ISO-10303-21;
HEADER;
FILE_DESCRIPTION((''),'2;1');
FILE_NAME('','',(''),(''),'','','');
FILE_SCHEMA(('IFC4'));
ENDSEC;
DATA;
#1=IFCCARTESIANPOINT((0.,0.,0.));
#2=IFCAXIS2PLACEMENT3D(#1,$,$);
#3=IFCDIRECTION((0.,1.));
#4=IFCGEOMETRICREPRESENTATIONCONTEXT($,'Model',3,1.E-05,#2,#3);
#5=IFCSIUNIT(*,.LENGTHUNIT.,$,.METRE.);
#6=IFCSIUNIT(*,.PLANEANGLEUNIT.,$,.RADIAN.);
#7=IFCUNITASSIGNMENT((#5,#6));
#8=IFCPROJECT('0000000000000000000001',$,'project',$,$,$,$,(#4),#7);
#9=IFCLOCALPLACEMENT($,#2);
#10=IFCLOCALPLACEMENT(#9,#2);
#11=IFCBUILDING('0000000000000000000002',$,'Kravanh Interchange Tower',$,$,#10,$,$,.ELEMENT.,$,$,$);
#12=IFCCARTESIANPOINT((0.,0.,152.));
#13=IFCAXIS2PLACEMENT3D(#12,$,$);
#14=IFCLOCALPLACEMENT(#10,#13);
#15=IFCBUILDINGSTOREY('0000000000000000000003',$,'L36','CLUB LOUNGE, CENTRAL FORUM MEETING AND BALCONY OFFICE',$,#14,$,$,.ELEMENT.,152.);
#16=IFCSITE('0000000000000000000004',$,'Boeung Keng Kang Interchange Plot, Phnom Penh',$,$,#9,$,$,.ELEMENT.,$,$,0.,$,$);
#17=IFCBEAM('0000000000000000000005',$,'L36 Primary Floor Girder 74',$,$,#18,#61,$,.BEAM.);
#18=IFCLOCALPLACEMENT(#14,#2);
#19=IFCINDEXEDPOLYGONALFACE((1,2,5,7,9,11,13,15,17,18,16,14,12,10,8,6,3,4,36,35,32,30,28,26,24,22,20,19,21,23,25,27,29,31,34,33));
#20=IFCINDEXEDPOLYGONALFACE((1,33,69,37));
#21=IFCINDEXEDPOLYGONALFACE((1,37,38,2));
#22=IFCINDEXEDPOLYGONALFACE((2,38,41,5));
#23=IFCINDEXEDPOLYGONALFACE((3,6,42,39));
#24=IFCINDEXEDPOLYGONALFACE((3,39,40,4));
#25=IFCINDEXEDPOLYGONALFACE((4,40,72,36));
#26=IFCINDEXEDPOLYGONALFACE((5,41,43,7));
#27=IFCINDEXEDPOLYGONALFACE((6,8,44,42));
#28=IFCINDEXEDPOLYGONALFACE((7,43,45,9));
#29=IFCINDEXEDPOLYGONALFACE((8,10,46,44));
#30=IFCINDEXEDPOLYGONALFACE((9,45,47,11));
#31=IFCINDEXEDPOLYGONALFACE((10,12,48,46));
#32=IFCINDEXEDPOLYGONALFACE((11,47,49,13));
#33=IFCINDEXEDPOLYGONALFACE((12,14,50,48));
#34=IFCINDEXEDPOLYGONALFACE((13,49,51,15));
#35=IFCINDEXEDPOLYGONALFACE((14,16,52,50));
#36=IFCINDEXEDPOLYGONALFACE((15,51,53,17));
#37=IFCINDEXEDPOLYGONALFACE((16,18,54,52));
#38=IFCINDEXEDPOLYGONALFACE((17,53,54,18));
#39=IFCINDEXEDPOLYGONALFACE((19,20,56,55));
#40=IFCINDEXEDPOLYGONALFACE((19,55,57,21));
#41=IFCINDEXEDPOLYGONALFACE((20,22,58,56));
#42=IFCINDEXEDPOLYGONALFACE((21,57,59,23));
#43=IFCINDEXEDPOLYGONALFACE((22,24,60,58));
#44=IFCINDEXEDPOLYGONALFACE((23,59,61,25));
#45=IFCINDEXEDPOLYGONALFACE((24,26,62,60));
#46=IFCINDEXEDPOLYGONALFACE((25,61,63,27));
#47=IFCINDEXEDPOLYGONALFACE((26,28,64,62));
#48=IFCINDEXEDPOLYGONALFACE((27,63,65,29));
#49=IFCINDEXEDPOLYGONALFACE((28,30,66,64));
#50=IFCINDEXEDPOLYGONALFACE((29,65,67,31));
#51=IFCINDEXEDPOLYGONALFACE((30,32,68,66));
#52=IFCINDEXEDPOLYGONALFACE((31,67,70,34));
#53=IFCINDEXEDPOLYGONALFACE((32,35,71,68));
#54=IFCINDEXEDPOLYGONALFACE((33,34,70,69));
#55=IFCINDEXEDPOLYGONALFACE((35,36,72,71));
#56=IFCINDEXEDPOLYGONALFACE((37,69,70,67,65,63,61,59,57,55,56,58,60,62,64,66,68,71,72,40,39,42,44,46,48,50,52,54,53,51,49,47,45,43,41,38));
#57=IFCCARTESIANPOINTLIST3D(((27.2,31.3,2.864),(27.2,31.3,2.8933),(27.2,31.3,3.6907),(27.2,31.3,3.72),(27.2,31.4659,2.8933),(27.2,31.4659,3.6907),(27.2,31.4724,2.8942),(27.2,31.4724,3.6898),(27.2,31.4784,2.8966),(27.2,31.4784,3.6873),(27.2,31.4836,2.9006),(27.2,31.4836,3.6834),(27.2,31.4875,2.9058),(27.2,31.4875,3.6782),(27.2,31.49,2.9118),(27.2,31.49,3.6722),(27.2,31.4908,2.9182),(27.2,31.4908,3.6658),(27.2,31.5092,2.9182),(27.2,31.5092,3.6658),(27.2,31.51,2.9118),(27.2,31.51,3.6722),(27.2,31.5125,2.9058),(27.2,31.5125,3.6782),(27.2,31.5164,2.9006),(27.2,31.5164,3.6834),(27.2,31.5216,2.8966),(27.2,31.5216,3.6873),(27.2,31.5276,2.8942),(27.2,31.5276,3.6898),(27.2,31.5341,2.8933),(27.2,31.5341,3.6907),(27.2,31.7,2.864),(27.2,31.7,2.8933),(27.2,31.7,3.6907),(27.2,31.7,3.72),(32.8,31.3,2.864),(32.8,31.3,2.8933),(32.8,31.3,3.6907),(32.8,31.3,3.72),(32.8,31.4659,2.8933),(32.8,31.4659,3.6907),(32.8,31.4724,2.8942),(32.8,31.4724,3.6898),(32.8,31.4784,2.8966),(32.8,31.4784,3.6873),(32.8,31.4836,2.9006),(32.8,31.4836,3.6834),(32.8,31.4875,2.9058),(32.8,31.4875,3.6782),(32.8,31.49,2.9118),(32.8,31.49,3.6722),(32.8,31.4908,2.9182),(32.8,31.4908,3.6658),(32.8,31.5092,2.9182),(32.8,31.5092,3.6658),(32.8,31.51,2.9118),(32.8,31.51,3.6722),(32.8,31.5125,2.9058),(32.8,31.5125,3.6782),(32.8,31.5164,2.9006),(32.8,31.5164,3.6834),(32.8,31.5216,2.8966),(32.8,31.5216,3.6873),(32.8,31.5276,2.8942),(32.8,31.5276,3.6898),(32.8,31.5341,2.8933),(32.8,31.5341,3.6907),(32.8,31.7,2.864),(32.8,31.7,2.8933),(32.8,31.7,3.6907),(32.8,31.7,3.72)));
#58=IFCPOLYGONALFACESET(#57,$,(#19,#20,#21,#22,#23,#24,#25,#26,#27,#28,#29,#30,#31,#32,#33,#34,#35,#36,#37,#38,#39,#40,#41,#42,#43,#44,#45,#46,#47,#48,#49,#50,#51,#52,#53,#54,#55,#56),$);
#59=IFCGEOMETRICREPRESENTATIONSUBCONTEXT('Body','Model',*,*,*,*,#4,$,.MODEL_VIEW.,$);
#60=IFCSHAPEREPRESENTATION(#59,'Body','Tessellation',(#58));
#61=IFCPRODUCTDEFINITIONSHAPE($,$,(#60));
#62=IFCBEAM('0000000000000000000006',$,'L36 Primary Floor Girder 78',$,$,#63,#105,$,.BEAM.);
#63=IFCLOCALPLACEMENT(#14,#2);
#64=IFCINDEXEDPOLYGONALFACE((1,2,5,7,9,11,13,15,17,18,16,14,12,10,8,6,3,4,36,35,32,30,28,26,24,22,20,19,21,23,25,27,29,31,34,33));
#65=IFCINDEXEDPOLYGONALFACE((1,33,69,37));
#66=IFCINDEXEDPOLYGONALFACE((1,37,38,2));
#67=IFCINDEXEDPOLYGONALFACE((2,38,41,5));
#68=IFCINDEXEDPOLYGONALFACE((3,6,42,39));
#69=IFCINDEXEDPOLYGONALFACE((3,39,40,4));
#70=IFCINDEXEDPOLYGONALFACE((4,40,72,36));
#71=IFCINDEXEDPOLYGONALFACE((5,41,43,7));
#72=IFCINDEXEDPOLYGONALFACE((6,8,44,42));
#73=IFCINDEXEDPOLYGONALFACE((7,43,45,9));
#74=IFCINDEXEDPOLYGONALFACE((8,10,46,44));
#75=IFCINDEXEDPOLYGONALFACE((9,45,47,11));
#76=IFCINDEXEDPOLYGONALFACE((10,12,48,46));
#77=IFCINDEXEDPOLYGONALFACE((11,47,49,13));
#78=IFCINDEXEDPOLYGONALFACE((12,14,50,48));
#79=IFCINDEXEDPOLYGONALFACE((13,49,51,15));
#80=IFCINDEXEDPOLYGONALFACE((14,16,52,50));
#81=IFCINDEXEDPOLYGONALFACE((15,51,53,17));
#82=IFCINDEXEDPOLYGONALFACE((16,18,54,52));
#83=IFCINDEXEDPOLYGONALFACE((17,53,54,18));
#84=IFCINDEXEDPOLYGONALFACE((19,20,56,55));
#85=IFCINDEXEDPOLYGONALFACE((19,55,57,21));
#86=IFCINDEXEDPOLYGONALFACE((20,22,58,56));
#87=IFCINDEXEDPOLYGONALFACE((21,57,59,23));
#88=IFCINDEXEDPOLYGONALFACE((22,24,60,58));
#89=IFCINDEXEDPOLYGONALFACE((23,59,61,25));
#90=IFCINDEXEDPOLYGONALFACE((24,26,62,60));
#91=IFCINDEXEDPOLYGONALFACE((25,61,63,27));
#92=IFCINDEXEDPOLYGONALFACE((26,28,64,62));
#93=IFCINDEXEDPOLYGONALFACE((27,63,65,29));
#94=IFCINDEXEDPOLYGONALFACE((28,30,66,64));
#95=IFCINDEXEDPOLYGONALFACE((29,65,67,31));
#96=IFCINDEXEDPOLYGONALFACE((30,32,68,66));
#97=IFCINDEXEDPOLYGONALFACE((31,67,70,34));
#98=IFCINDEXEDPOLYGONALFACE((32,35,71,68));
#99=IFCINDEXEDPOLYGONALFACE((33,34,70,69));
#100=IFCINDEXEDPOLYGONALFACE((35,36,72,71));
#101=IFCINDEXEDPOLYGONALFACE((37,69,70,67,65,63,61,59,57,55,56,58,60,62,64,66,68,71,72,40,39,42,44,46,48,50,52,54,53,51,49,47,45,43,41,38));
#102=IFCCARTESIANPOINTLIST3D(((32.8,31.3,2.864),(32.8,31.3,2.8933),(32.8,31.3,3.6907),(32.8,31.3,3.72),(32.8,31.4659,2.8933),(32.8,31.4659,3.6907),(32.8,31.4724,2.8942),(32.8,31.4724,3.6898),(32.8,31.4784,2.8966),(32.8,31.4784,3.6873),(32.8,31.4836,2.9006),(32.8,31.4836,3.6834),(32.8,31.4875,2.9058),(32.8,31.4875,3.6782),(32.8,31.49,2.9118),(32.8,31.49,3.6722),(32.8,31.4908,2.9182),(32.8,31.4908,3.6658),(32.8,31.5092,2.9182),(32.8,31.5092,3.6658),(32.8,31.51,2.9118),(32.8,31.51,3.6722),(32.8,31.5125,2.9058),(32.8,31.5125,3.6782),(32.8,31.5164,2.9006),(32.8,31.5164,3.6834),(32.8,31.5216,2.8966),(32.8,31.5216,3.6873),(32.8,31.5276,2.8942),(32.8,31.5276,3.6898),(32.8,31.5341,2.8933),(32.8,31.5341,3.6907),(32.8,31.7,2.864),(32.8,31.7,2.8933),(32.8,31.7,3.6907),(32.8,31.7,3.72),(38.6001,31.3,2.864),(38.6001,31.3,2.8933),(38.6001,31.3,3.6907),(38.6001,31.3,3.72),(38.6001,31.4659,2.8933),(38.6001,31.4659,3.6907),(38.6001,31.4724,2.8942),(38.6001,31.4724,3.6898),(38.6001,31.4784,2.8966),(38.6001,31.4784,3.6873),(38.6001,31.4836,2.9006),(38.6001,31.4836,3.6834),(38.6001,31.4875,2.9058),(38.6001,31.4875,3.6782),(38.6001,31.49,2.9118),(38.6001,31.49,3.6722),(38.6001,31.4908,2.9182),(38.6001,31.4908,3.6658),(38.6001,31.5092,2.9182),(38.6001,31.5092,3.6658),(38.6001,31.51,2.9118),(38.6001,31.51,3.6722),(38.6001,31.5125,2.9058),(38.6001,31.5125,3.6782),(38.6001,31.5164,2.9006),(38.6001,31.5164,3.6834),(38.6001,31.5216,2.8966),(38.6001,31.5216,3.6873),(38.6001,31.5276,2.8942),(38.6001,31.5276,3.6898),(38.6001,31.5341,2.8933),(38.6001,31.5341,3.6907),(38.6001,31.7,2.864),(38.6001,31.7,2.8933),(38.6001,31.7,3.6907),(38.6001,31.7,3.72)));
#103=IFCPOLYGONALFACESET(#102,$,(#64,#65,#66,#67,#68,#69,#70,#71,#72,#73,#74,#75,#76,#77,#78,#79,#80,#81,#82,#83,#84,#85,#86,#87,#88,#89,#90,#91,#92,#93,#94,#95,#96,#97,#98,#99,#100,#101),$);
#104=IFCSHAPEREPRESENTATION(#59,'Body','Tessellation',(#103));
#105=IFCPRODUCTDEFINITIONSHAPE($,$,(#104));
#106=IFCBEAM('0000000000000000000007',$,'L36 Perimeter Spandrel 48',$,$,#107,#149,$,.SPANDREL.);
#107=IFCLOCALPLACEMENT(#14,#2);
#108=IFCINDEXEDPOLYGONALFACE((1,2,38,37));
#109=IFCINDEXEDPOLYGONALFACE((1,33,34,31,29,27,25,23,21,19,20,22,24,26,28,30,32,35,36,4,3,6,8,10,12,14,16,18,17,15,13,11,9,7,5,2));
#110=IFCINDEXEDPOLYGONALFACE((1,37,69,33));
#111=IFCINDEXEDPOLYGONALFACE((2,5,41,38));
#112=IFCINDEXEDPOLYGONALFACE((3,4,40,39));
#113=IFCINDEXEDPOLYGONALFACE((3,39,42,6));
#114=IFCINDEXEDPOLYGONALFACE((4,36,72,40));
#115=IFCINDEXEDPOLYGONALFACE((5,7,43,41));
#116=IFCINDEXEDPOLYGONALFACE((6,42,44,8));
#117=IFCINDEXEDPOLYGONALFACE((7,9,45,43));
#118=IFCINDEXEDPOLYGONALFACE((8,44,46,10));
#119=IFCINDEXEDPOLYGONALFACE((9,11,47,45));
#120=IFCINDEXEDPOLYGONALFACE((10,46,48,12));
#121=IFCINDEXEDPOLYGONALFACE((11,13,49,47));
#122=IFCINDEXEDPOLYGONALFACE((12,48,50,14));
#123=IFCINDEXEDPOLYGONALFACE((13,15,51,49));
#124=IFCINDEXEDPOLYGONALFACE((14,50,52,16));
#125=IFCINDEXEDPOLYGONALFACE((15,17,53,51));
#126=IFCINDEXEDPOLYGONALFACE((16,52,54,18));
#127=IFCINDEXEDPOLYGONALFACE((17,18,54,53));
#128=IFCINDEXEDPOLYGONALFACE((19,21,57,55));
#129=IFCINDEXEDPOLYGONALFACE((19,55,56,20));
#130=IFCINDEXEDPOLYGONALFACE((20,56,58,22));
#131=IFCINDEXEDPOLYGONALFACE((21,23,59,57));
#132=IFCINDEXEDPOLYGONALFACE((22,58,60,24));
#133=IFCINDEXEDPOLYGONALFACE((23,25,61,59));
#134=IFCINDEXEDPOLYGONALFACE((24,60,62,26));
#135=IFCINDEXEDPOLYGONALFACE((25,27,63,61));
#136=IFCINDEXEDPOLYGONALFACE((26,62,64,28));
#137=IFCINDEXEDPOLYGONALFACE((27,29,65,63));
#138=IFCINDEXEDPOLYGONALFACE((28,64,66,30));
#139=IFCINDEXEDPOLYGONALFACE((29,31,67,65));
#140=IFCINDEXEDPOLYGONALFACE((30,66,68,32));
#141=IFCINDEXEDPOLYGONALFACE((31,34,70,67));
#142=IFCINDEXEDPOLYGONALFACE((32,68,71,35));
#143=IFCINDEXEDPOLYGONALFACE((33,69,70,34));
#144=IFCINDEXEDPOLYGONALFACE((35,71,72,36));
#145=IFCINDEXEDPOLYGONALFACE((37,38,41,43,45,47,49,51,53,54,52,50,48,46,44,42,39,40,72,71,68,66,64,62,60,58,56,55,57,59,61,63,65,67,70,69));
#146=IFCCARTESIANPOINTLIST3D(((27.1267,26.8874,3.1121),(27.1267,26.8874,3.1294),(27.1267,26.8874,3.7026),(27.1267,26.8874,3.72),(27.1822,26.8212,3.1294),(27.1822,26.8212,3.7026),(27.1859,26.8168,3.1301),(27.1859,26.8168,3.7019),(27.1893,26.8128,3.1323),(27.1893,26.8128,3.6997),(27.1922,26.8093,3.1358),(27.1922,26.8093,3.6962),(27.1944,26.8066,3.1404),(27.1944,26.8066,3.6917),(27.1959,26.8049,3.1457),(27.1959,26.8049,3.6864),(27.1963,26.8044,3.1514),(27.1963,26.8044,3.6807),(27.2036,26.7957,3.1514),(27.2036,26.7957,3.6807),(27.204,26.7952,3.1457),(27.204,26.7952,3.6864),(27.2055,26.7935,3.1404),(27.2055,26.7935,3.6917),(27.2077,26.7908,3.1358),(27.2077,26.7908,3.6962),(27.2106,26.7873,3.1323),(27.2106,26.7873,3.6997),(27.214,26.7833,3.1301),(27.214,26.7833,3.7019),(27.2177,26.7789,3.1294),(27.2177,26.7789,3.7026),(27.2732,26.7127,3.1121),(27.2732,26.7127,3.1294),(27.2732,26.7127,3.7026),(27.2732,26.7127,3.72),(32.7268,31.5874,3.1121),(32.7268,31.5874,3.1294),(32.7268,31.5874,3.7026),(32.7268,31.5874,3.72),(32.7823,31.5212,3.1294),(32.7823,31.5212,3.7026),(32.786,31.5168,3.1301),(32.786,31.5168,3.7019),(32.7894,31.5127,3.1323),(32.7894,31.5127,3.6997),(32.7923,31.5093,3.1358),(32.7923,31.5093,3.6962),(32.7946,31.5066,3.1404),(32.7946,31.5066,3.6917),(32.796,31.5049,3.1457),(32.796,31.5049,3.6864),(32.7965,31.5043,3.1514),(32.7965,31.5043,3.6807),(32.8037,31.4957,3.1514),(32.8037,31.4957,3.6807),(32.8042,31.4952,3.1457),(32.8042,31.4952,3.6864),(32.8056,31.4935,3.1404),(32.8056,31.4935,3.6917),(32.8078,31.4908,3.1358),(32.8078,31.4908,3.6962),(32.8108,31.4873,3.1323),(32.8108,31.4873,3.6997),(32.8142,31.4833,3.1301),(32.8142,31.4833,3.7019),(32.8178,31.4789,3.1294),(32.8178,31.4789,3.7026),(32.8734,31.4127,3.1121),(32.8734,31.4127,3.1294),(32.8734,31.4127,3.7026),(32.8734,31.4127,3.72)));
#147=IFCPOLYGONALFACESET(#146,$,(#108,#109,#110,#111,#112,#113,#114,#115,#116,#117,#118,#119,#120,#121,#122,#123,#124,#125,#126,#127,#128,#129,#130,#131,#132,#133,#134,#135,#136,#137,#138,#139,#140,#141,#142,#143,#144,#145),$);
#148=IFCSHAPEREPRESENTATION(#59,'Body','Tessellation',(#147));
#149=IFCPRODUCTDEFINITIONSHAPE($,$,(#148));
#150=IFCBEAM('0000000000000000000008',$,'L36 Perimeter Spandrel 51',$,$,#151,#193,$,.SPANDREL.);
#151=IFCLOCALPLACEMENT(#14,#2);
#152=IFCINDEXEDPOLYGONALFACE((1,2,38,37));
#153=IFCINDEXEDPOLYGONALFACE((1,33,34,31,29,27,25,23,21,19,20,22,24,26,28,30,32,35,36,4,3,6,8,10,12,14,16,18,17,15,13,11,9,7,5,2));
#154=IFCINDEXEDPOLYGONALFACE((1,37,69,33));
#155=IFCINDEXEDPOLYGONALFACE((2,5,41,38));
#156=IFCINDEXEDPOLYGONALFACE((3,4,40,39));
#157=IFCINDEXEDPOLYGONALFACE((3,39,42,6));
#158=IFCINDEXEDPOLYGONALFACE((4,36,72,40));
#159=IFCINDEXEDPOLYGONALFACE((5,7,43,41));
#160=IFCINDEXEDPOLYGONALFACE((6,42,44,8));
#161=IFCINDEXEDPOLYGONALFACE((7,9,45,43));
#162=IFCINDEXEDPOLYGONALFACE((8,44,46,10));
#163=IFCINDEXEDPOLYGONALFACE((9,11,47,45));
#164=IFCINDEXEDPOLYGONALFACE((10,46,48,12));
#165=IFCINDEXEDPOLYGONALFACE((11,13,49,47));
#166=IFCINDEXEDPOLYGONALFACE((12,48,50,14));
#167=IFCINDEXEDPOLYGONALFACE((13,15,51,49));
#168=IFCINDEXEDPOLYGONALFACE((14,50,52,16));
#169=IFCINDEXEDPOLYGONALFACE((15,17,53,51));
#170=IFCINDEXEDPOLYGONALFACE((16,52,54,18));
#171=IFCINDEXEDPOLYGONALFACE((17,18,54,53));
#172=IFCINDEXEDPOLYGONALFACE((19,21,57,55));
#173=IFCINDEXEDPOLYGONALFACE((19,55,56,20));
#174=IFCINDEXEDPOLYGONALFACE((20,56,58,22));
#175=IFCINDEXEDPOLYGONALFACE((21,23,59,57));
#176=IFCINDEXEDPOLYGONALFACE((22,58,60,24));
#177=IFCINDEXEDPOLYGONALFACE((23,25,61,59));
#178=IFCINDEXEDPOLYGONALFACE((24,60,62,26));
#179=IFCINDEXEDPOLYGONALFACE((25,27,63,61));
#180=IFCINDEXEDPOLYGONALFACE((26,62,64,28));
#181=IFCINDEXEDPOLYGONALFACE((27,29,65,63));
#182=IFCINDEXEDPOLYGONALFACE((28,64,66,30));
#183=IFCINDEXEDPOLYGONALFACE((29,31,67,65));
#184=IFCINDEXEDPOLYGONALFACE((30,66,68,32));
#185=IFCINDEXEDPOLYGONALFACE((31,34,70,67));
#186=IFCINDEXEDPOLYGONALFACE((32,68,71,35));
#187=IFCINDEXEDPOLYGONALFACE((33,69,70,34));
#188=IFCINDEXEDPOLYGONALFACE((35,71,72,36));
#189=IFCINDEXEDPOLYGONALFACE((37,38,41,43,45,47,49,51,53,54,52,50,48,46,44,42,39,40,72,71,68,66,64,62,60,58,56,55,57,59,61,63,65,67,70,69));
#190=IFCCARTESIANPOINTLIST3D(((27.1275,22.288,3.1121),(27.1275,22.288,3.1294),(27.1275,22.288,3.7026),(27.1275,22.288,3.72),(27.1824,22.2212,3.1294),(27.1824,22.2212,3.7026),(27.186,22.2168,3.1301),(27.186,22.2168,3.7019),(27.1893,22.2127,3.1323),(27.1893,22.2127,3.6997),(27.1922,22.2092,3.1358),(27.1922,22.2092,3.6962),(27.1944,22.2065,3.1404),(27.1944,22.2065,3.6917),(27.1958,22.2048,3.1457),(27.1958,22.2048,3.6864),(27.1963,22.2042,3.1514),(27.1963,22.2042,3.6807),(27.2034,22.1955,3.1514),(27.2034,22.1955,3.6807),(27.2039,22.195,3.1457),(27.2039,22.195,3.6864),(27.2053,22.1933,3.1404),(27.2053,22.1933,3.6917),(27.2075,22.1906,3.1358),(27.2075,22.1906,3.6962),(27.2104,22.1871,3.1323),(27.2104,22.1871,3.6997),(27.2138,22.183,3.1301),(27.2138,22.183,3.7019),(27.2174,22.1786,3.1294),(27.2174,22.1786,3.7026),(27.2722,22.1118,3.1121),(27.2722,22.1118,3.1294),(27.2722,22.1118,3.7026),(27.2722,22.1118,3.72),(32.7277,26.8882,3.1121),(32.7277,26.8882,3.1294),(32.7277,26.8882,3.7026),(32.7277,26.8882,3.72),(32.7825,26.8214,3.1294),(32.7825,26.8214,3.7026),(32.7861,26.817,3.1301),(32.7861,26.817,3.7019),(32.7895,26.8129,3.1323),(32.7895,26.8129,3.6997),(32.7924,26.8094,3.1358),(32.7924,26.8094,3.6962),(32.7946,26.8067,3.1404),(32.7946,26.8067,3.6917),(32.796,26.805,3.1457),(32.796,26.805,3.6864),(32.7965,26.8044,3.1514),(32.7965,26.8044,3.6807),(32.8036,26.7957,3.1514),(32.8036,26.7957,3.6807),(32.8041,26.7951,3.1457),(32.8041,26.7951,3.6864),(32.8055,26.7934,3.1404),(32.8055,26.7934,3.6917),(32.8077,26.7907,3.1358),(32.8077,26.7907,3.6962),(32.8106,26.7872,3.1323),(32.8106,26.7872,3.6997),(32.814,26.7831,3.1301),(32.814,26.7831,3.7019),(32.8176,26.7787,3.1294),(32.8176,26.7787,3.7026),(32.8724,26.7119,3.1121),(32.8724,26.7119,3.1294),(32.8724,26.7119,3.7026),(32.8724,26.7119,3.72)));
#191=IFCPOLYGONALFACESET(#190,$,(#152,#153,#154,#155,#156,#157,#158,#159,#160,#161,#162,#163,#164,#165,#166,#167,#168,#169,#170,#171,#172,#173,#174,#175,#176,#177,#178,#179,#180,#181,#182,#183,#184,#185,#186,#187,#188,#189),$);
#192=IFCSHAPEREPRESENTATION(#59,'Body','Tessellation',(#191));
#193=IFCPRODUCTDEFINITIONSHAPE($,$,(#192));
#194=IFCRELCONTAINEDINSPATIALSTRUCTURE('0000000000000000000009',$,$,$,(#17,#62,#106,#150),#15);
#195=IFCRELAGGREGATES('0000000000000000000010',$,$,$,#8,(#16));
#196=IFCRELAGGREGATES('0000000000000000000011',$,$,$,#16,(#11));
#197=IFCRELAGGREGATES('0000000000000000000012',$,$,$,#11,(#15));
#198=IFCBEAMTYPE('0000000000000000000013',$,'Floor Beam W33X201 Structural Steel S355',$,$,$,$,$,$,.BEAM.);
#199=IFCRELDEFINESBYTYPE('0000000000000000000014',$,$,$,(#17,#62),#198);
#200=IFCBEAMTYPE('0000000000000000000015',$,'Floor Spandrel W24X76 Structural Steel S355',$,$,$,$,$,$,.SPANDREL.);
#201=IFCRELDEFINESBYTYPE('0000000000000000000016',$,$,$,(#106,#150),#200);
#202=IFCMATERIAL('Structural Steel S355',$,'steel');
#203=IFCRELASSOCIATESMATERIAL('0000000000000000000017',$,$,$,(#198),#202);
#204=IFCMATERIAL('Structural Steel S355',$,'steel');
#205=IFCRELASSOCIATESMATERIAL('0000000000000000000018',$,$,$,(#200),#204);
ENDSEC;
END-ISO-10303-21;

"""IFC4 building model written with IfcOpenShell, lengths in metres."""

from ifc_helpers import new_model, si_unit, direction, frame, origin, origin_2d, place, context, subcontext, project, spatial, i_section, extrude, material, material_profile, profile_set, type_object, element, save


model = new_model("IFC4")

# Units and contexts
model_context = context("Model", 3, precision=1e-05, world=origin(), true_north=direction((0.0, 1.0)))
body_context = subcontext(model_context, "Body", "Model", "MODEL_VIEW")
ifc_project = project(units=[si_unit("LENGTHUNIT", "METRE"), si_unit("PLANEANGLEUNIT", "RADIAN")], contexts=[model_context])

# Site, building, storey
site_placement = place(None, origin())
site = spatial("IfcSite", under=ifc_project, at=site_placement, Name="Boeung Keng Kang Interchange Plot, Phnom Penh", CompositionType="ELEMENT", RefElevation=0.0)
building_placement = place(site_placement, origin())
building = spatial("IfcBuilding", under=site, at=building_placement, Name="Kravanh Interchange Tower", CompositionType="ELEMENT")
storey_placement = place(building_placement, frame((0.0, 0.0, 152.0)))
storey = spatial("IfcBuildingStorey", under=building, at=storey_placement, Name="L36", Description="CLUB LOUNGE, CENTRAL FORUM MEETING AND BALCONY OFFICE", CompositionType="ELEMENT", Elevation=152.0)

# Beams
ifc_material_1 = material(Name="Structural Steel S355", Category="steel")
ifc_material_profile_1 = material_profile(ifc_material_1, i_section(OverallWidth=0.3999, OverallDepth=0.856, WebThickness=0.0183, FlangeThickness=0.0293, FilletRadius=0.0249, at=origin_2d()), Name="W33X201")
ifc_profile_set_1 = profile_set([ifc_material_profile_1], Name="Structural Steel S355")
beam_type_1 = type_object("IfcBeamType", Name="Floor Beam W33X201 Structural Steel S355", PredefinedType="BEAM", material=ifc_profile_set_1)
beam_1_placement = place(storey_placement, frame((27.2, 31.5, 3.292), z_axis=(1.0, 0.0, 0.0), x_axis=(0.0, 1.0, 0.0)))
element("IfcBeam", 1, at=beam_1_placement, inside=storey, type_object=beam_type_1, Name="L36 Primary Floor Girder 74", PredefinedType="BEAM", context=body_context, shape_type="SweptSolid", body=[
    extrude(i_section(OverallWidth=0.3999, OverallDepth=0.856, WebThickness=0.0183, FlangeThickness=0.0293, FilletRadius=0.0249, at=origin_2d()), origin(), (0.0, 0.0, 1.0), 5.6001),
])
beam_2_placement = place(storey_placement, frame((32.8, 31.5, 3.292), z_axis=(1.0, 0.0, 0.0), x_axis=(0.0, 1.0, 0.0)))
element("IfcBeam", 2, at=beam_2_placement, inside=storey, type_object=beam_type_1, Name="L36 Primary Floor Girder 78", PredefinedType="BEAM", context=body_context, shape_type="SweptSolid", body=[
    extrude(i_section(OverallWidth=0.3999, OverallDepth=0.856, WebThickness=0.0183, FlangeThickness=0.0293, FilletRadius=0.0249, at=origin_2d()), origin(), (0.0, 0.0, 1.0), 5.8),
])
ifc_material_2 = material(Name="Structural Steel S355", Category="steel")
ifc_material_profile_2 = material_profile(ifc_material_2, i_section(OverallWidth=0.228, OverallDepth=0.6079, WebThickness=0.0112, FlangeThickness=0.0173, FilletRadius=0.022, at=origin_2d()), Name="W24X76")
ifc_profile_set_2 = profile_set([ifc_material_profile_2], Name="Structural Steel S355")
beam_type_2 = type_object("IfcBeamType", Name="Floor Spandrel W24X76 Structural Steel S355", PredefinedType="SPANDREL", material=ifc_profile_set_2)
beam_3_placement = place(storey_placement, frame((27.2, 26.8, 3.416), z_axis=(0.765983, 0.642861, 0.0), x_axis=(-0.642861, 0.765983, 0.0)))
element("IfcBeam", 3, at=beam_3_placement, inside=storey, type_object=beam_type_2, Name="L36 Perimeter Spandrel 48", PredefinedType="SPANDREL", context=body_context, shape_type="SweptSolid", body=[
    extrude(i_section(OverallWidth=0.228, OverallDepth=0.6079, WebThickness=0.0112, FlangeThickness=0.0173, FilletRadius=0.022, at=origin_2d()), origin(), (0.0, 0.0, 1.0), 7.311),
])
beam_4_placement = place(storey_placement, frame((32.8, 26.8, 3.416), z_axis=(-0.772725, -0.634741, 0.0), x_axis=(0.634741, -0.772725, 0.0)))
element("IfcBeam", 4, at=beam_4_placement, inside=storey, type_object=beam_type_2, Name="L36 Perimeter Spandrel 51", PredefinedType="SPANDREL", context=body_context, shape_type="SweptSolid", body=[
    extrude(i_section(OverallWidth=0.228, OverallDepth=0.6079, WebThickness=0.0112, FlangeThickness=0.0173, FilletRadius=0.022, at=origin_2d()), origin(), (0.0, 0.0, 1.0), 7.2473),
])

save(model, "model.ifc")
